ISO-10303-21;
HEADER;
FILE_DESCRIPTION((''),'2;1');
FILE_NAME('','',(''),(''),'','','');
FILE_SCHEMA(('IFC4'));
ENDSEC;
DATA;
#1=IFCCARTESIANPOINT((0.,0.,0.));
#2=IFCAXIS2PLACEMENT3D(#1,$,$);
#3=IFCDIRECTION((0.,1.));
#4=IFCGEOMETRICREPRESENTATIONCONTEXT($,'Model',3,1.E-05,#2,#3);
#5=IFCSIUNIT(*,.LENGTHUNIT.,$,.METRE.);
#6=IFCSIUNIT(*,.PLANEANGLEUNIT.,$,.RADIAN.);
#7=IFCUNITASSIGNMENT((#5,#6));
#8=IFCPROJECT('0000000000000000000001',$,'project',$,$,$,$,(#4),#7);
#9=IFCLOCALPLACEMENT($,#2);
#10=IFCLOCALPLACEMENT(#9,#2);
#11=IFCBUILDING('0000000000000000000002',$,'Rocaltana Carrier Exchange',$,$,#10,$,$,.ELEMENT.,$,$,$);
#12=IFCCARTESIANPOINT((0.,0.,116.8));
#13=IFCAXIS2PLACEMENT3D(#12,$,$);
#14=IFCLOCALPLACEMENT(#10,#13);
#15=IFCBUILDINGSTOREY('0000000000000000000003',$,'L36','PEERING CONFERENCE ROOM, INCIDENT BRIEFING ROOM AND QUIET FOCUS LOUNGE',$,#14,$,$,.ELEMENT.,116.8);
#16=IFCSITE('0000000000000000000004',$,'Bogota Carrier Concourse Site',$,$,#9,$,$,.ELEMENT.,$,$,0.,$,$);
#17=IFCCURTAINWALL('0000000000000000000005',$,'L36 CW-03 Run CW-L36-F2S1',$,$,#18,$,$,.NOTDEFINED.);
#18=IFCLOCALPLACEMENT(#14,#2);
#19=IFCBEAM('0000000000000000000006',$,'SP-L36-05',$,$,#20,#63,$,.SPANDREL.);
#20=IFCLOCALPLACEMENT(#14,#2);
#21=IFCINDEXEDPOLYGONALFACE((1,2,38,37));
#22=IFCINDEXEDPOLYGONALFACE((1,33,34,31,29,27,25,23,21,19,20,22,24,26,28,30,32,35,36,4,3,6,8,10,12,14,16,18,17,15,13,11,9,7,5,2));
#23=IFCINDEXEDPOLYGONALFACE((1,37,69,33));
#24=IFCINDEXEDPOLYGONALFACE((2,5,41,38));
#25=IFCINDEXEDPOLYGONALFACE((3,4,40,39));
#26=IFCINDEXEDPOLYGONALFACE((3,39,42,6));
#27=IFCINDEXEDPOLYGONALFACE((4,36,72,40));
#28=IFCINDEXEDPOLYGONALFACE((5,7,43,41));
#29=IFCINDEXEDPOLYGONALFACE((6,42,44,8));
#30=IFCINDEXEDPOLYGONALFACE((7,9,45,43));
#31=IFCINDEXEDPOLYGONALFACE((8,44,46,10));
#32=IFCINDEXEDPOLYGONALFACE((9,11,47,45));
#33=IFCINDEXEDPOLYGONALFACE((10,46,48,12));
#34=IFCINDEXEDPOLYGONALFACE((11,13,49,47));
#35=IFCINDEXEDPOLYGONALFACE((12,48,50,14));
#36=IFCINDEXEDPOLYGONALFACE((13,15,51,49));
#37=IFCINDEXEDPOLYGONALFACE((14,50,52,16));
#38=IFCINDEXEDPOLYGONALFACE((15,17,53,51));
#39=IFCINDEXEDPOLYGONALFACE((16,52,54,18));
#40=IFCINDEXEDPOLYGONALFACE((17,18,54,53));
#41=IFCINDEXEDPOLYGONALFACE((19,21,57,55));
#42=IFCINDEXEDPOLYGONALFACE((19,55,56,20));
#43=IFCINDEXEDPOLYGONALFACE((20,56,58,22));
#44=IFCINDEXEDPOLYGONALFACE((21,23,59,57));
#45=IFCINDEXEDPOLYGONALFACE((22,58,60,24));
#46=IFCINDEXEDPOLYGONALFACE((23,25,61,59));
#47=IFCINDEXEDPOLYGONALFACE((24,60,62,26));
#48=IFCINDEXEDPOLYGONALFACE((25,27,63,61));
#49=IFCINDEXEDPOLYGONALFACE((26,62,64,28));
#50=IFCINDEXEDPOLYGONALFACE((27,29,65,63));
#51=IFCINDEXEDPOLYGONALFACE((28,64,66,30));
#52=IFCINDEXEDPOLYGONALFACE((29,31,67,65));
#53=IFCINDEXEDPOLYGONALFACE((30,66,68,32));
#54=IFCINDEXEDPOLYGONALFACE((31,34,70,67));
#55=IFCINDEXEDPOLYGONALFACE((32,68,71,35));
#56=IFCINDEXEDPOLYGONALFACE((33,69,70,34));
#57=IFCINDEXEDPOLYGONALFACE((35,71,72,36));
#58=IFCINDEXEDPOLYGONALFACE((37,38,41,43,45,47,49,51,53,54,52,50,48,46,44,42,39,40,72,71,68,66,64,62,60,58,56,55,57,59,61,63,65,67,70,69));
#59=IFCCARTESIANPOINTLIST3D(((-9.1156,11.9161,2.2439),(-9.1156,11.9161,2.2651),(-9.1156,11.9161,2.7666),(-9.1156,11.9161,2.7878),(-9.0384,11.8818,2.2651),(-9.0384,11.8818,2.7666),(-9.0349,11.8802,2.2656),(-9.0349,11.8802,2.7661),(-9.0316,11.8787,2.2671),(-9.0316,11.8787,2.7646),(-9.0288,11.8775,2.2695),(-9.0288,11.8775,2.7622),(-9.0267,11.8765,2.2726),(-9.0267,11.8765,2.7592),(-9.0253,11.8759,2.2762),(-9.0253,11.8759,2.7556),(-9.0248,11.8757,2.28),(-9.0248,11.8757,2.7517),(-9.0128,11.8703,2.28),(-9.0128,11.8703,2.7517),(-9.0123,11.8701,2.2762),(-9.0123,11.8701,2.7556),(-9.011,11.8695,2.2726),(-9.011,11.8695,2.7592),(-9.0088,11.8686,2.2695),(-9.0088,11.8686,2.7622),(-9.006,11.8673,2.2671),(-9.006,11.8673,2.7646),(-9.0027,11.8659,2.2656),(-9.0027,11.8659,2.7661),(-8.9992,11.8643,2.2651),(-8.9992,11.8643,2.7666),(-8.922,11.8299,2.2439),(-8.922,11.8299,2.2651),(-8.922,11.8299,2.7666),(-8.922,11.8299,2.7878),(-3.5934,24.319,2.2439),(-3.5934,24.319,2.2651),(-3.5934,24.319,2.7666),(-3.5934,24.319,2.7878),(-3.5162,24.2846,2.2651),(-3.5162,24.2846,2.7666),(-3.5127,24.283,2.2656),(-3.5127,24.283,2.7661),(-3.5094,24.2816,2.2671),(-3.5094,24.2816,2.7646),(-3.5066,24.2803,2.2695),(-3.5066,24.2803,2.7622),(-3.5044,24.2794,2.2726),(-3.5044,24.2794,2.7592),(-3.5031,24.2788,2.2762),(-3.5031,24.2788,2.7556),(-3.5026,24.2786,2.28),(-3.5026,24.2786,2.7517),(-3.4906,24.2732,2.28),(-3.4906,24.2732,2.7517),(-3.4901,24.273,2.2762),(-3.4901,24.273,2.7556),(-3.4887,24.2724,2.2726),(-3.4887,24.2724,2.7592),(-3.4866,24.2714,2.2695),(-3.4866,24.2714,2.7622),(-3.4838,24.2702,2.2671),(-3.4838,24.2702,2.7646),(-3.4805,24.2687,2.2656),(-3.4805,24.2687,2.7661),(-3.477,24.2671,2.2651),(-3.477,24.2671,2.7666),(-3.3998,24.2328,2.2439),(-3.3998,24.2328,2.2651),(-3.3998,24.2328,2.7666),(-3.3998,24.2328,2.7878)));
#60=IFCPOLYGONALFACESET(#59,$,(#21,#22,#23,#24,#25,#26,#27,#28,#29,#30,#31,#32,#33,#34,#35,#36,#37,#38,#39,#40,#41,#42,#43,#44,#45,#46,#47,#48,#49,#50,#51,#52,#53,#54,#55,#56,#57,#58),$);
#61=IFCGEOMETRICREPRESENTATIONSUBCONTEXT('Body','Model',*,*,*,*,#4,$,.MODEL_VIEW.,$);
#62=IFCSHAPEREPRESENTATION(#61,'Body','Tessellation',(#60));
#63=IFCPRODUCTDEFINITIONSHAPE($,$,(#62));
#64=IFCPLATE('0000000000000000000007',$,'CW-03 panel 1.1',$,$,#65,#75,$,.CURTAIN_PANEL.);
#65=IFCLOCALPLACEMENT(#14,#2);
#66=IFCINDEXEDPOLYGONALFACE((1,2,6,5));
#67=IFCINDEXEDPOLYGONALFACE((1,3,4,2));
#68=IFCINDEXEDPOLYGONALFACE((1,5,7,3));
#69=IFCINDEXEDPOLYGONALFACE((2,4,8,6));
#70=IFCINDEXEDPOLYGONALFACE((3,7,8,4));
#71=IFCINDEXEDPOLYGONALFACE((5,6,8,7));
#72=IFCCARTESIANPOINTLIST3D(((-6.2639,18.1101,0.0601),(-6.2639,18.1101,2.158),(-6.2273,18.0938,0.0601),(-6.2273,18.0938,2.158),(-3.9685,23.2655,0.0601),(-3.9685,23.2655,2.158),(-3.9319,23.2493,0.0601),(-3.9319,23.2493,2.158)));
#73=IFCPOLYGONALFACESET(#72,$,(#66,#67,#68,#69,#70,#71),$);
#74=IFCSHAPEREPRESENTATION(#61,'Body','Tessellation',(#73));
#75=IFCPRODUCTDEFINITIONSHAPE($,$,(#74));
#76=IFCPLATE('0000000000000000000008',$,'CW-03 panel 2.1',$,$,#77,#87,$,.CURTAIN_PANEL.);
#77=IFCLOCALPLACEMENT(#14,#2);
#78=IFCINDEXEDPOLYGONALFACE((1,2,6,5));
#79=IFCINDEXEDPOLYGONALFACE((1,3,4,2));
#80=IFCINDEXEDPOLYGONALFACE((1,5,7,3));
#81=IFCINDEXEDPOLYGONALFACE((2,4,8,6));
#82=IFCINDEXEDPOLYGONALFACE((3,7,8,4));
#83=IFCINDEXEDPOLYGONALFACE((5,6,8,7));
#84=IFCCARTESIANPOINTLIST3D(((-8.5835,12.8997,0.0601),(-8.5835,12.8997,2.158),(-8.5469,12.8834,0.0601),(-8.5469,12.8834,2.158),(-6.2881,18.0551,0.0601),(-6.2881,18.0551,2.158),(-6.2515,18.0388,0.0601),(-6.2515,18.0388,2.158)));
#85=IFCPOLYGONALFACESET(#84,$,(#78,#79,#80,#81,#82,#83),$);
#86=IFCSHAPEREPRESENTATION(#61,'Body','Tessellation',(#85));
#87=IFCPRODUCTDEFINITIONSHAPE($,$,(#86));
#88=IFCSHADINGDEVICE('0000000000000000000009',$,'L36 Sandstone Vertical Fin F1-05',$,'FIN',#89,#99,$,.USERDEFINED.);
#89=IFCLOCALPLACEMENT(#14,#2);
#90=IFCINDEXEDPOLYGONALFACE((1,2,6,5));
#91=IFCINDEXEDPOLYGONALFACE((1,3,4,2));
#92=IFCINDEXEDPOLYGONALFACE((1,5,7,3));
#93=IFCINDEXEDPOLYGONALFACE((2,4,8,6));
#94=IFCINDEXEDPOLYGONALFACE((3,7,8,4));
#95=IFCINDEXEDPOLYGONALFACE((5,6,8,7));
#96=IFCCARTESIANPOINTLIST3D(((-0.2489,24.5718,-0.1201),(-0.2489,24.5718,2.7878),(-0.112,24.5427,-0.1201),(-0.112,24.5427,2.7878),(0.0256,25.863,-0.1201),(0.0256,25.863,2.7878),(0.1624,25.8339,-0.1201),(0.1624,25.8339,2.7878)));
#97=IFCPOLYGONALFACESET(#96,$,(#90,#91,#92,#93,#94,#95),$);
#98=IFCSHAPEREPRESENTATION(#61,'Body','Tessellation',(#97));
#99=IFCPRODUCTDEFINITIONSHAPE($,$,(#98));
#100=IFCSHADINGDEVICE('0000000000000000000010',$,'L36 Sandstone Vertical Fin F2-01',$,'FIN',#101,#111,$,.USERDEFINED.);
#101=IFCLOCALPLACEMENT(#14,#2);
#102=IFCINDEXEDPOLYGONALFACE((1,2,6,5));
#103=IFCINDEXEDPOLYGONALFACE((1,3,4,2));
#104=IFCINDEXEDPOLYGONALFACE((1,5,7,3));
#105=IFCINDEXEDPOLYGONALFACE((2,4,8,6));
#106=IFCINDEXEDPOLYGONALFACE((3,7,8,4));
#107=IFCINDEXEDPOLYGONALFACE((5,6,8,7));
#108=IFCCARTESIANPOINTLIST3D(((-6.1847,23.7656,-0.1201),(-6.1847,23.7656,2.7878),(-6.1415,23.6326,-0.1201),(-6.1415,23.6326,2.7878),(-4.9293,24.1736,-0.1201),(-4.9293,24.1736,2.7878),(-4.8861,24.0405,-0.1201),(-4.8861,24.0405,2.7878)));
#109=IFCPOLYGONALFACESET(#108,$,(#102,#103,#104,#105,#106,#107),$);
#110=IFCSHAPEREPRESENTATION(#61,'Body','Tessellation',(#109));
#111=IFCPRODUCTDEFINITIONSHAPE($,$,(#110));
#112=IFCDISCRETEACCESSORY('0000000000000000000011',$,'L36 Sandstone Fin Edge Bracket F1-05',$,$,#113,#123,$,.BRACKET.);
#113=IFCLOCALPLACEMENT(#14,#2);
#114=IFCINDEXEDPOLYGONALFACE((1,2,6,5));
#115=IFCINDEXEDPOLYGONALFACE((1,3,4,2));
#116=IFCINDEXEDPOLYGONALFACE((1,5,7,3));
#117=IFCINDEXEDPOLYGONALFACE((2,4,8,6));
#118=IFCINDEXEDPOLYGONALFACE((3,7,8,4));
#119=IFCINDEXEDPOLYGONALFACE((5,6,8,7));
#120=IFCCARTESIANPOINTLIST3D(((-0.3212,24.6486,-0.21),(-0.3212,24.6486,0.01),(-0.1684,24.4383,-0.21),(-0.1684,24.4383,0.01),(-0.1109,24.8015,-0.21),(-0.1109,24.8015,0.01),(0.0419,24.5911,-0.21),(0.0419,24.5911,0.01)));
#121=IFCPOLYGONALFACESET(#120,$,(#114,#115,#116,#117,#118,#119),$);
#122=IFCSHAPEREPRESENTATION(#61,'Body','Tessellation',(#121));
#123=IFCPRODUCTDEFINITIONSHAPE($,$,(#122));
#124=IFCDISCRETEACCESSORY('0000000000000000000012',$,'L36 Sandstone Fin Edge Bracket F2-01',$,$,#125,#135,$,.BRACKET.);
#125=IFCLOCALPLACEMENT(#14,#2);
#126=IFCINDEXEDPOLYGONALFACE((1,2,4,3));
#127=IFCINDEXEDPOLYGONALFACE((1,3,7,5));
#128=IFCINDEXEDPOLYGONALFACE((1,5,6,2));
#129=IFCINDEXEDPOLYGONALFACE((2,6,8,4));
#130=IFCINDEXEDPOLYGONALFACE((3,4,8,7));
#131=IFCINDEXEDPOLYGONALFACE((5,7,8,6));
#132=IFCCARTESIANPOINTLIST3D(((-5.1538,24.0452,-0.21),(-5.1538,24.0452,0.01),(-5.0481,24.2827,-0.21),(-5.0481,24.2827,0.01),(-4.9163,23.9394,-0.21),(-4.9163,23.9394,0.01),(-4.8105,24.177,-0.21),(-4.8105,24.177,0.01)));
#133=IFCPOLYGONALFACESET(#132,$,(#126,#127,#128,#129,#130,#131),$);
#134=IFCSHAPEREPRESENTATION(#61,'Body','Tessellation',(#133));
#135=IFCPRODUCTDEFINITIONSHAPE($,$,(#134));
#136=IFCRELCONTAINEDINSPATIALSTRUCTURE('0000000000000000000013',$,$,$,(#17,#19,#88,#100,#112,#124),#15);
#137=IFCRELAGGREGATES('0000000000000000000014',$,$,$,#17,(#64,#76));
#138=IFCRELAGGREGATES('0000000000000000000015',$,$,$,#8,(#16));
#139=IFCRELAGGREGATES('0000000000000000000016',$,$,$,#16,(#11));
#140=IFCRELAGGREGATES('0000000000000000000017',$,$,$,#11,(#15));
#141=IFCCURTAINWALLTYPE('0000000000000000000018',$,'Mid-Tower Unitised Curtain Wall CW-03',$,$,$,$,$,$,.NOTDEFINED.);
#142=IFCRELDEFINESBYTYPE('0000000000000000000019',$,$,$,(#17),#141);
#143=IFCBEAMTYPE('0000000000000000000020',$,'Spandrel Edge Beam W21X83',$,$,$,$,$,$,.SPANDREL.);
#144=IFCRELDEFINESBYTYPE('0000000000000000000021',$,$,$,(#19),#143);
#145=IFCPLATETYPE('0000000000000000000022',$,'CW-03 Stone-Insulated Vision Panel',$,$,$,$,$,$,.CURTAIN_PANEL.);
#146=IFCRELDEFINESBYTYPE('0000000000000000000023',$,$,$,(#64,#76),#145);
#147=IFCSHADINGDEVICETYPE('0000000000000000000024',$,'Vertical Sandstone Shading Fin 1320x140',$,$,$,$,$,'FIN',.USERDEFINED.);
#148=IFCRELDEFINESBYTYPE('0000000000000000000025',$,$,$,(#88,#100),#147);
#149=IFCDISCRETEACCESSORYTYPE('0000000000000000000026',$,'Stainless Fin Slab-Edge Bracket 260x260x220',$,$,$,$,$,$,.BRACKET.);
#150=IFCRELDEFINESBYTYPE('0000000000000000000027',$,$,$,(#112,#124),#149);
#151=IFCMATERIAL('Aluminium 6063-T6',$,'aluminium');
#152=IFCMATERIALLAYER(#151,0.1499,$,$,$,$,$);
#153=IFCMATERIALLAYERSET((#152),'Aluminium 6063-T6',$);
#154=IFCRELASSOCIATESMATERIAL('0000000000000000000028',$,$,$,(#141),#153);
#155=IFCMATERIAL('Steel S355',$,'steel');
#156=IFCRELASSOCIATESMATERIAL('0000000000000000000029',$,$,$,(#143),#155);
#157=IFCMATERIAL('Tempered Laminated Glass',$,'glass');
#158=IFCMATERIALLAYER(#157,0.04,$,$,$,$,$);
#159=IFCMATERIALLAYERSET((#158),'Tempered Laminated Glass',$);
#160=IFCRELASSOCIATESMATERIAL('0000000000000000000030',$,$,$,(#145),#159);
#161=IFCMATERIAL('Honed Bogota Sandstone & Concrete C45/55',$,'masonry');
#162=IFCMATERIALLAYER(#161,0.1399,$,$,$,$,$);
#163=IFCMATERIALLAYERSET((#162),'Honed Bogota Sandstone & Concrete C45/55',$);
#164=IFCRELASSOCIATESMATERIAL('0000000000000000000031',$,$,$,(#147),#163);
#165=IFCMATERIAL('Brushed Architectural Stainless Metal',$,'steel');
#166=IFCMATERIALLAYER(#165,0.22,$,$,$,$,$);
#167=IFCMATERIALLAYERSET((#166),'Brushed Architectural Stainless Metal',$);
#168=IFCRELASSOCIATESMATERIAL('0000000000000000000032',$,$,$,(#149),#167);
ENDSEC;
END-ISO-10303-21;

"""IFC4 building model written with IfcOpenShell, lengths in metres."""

from ifc_helpers import new_model, si_unit, direction, frame, origin, origin_2d, place, context, subcontext, project, spatial, rectangle, i_section, extrude, material, layer, layer_set, material_profile, profile_set, type_object, element, aggregate, save


model = new_model("IFC4")

# Units and contexts
model_context = context("Model", 3, precision=1e-05, world=origin(), true_north=direction((0.0, 1.0)))
body_context = subcontext(model_context, "Body", "Model", "MODEL_VIEW")
ifc_project = project(units=[si_unit("LENGTHUNIT", "METRE"), si_unit("PLANEANGLEUNIT", "RADIAN")], contexts=[model_context])

# Site, building, storey
site_placement = place(None, origin())
site = spatial("IfcSite", under=ifc_project, at=site_placement, Name="Bogota Carrier Concourse Site", CompositionType="ELEMENT", RefElevation=0.0)
building_placement = place(site_placement, origin())
building = spatial("IfcBuilding", under=site, at=building_placement, Name="Rocaltana Carrier Exchange", CompositionType="ELEMENT")
storey_placement = place(building_placement, frame((0.0, 0.0, 116.8)))
storey = spatial("IfcBuildingStorey", under=building, at=storey_placement, Name="L36", Description="PEERING CONFERENCE ROOM, INCIDENT BRIEFING ROOM AND QUIET FOCUS LOUNGE", CompositionType="ELEMENT", Elevation=116.8)

# Shared definitions
ifc_material_1 = material(Name="Aluminium 6063-T6", Category="aluminium")
ifc_layer_1 = layer(ifc_material_1, 0.1499)
ifc_layer_set_1 = layer_set([ifc_layer_1], Name="Aluminium 6063-T6")
curtain_wall_type = type_object("IfcCurtainWallType", Name="Mid-Tower Unitised Curtain Wall CW-03", PredefinedType="NOTDEFINED", material=ifc_layer_set_1)

# Curtain wall
curtain_wall_1_placement = place(storey_placement, origin())
curtain_wall_1 = element("IfcCurtainWall", 1, at=curtain_wall_1_placement, inside=storey, type_object=curtain_wall_type, Name="L36 CW-03 Run CW-L36-F2S1", PredefinedType="NOTDEFINED")

# Beam
ifc_material_2 = material(Name="Steel S355", Category="steel")
ifc_material_profile_1 = material_profile(ifc_material_2, i_section(OverallWidth=0.2119, OverallDepth=0.5439, WebThickness=0.0132, FlangeThickness=0.0212, FilletRadius=0.0149, at=origin_2d()), Name="W21X83")
ifc_profile_set_1 = profile_set([ifc_material_profile_1], Name="Steel S355")
beam_type_1 = type_object("IfcBeamType", Name="Spandrel Edge Beam W21X83", PredefinedType="SPANDREL", material=ifc_profile_set_1)
beam_1_placement = place(storey_placement, frame((-3.4966, 24.2759, 2.5159), z_axis=(-0.406744, -0.913542, 0.0), x_axis=(0.913542, -0.406744, 0.0)))
element("IfcBeam", 2, at=beam_1_placement, inside=storey, type_object=beam_type_1, Name="SP-L36-05", PredefinedType="SPANDREL", context=body_context, shape_type="SweptSolid", body=[
    extrude(i_section(OverallWidth=0.2119, OverallDepth=0.5439, WebThickness=0.0132, FlangeThickness=0.0212, FilletRadius=0.0149, at=origin_2d()), origin(), (0.0, 0.0, 1.0), 13.5767),
])

# Plates
ifc_material_3 = material(Name="Tempered Laminated Glass", Category="glass")
ifc_layer_2 = layer(ifc_material_3, 0.04)
ifc_layer_set_2 = layer_set([ifc_layer_2], Name="Tempered Laminated Glass")
plate_type = type_object("IfcPlateType", Name="CW-03 Stone-Insulated Vision Panel", PredefinedType="CURTAIN_PANEL", material=ifc_layer_set_2)
plate_1_placement = place(storey_placement, frame((-5.0979, 20.6797, 0.0601), z_axis=(0.0, 0.0, 1.0), x_axis=(-0.40674, -0.913544, 0.0)))
plate_1 = element("IfcPlate", 3, at=plate_1_placement, type_object=plate_type, Name="CW-03 panel 1.1", PredefinedType="CURTAIN_PANEL", context=body_context, shape_type="SweptSolid", body=[
    extrude(rectangle(XDim=5.6433, YDim=0.04, at=origin_2d()), origin(), (0.0, 0.0, 1.0), 2.0979),
])
plate_2_placement = place(storey_placement, frame((-7.4175, 15.4692, 0.0601), z_axis=(0.0, 0.0, 1.0), x_axis=(-0.40674, -0.913544, 0.0)))
plate_2 = element("IfcPlate", 4, at=plate_2_placement, type_object=plate_type, Name="CW-03 panel 2.1", PredefinedType="CURTAIN_PANEL", context=body_context, shape_type="SweptSolid", body=[
    extrude(rectangle(XDim=5.6433, YDim=0.04, at=origin_2d()), origin(), (0.0, 0.0, 1.0), 2.0979),
])
aggregate(curtain_wall_1, [plate_1, plate_2])

# Shading devices
ifc_material_4 = material(Name="Honed Bogota Sandstone & Concrete C45/55", Category="masonry")
ifc_layer_3 = layer(ifc_material_4, 0.1399)
ifc_layer_set_3 = layer_set([ifc_layer_3], Name="Honed Bogota Sandstone & Concrete C45/55")
shading_device_type = type_object("IfcShadingDeviceType", Name="Vertical Sandstone Shading Fin 1320x140", ElementType="FIN", PredefinedType="USERDEFINED", material=ifc_layer_set_3)
for number, where, z_axis, x_axis, name in (
    (5, (-0.0432, 25.2029, -0.1201), (0.0, 0.0, 1.0), (0.207912, 0.978148, 0.0), "L36 Sandstone Vertical Fin F1-05"),
    (6, (-5.5354, 23.9031, -0.1201), (0.0, 0.0, 1.0), (-0.951057, -0.309017, 0.0), "L36 Sandstone Vertical Fin F2-01"),
):
    element("IfcShadingDevice", number, at=place(storey_placement, frame(where, z_axis=z_axis, x_axis=x_axis)), inside=storey, type_object=shading_device_type, Name=name, ObjectType="FIN", PredefinedType="USERDEFINED", context=body_context, shape_type="SweptSolid", body=[
        extrude(rectangle(XDim=1.3201, YDim=0.1399, at=origin_2d()), origin(), (0.0, 0.0, 1.0), 2.908),
    ])

# Discrete accessories
ifc_material_5 = material(Name="Brushed Architectural Stainless Metal", Category="steel")
ifc_layer_4 = layer(ifc_material_5, 0.22)
ifc_layer_set_4 = layer_set([ifc_layer_4], Name="Brushed Architectural Stainless Metal")
discrete_accessory_type = type_object("IfcDiscreteAccessoryType", Name="Stainless Fin Slab-Edge Bracket 260x260x220", PredefinedType="BRACKET", material=ifc_layer_set_4)
for number, where, z_axis, x_axis, name in (
    (7, (-0.1396, 24.6199, -0.21), (0.0, 0.0, 1.0), (-0.587785, 0.809017, 0.0), "L36 Sandstone Fin Edge Bracket F1-05"),
    (8, (-4.9822, 24.1111, -0.21), (0.0, 0.0, 1.0), (-0.406737, -0.913545, 0.0), "L36 Sandstone Fin Edge Bracket F2-01"),
):
    element("IfcDiscreteAccessory", number, at=place(storey_placement, frame(where, z_axis=z_axis, x_axis=x_axis)), inside=storey, type_object=discrete_accessory_type, Name=name, PredefinedType="BRACKET", context=body_context, shape_type="SweptSolid", body=[
        extrude(rectangle(XDim=0.26, YDim=0.26, at=origin_2d()), origin(), (0.0, 0.0, 1.0), 0.22),
    ])

save(model, "model.ifc")
